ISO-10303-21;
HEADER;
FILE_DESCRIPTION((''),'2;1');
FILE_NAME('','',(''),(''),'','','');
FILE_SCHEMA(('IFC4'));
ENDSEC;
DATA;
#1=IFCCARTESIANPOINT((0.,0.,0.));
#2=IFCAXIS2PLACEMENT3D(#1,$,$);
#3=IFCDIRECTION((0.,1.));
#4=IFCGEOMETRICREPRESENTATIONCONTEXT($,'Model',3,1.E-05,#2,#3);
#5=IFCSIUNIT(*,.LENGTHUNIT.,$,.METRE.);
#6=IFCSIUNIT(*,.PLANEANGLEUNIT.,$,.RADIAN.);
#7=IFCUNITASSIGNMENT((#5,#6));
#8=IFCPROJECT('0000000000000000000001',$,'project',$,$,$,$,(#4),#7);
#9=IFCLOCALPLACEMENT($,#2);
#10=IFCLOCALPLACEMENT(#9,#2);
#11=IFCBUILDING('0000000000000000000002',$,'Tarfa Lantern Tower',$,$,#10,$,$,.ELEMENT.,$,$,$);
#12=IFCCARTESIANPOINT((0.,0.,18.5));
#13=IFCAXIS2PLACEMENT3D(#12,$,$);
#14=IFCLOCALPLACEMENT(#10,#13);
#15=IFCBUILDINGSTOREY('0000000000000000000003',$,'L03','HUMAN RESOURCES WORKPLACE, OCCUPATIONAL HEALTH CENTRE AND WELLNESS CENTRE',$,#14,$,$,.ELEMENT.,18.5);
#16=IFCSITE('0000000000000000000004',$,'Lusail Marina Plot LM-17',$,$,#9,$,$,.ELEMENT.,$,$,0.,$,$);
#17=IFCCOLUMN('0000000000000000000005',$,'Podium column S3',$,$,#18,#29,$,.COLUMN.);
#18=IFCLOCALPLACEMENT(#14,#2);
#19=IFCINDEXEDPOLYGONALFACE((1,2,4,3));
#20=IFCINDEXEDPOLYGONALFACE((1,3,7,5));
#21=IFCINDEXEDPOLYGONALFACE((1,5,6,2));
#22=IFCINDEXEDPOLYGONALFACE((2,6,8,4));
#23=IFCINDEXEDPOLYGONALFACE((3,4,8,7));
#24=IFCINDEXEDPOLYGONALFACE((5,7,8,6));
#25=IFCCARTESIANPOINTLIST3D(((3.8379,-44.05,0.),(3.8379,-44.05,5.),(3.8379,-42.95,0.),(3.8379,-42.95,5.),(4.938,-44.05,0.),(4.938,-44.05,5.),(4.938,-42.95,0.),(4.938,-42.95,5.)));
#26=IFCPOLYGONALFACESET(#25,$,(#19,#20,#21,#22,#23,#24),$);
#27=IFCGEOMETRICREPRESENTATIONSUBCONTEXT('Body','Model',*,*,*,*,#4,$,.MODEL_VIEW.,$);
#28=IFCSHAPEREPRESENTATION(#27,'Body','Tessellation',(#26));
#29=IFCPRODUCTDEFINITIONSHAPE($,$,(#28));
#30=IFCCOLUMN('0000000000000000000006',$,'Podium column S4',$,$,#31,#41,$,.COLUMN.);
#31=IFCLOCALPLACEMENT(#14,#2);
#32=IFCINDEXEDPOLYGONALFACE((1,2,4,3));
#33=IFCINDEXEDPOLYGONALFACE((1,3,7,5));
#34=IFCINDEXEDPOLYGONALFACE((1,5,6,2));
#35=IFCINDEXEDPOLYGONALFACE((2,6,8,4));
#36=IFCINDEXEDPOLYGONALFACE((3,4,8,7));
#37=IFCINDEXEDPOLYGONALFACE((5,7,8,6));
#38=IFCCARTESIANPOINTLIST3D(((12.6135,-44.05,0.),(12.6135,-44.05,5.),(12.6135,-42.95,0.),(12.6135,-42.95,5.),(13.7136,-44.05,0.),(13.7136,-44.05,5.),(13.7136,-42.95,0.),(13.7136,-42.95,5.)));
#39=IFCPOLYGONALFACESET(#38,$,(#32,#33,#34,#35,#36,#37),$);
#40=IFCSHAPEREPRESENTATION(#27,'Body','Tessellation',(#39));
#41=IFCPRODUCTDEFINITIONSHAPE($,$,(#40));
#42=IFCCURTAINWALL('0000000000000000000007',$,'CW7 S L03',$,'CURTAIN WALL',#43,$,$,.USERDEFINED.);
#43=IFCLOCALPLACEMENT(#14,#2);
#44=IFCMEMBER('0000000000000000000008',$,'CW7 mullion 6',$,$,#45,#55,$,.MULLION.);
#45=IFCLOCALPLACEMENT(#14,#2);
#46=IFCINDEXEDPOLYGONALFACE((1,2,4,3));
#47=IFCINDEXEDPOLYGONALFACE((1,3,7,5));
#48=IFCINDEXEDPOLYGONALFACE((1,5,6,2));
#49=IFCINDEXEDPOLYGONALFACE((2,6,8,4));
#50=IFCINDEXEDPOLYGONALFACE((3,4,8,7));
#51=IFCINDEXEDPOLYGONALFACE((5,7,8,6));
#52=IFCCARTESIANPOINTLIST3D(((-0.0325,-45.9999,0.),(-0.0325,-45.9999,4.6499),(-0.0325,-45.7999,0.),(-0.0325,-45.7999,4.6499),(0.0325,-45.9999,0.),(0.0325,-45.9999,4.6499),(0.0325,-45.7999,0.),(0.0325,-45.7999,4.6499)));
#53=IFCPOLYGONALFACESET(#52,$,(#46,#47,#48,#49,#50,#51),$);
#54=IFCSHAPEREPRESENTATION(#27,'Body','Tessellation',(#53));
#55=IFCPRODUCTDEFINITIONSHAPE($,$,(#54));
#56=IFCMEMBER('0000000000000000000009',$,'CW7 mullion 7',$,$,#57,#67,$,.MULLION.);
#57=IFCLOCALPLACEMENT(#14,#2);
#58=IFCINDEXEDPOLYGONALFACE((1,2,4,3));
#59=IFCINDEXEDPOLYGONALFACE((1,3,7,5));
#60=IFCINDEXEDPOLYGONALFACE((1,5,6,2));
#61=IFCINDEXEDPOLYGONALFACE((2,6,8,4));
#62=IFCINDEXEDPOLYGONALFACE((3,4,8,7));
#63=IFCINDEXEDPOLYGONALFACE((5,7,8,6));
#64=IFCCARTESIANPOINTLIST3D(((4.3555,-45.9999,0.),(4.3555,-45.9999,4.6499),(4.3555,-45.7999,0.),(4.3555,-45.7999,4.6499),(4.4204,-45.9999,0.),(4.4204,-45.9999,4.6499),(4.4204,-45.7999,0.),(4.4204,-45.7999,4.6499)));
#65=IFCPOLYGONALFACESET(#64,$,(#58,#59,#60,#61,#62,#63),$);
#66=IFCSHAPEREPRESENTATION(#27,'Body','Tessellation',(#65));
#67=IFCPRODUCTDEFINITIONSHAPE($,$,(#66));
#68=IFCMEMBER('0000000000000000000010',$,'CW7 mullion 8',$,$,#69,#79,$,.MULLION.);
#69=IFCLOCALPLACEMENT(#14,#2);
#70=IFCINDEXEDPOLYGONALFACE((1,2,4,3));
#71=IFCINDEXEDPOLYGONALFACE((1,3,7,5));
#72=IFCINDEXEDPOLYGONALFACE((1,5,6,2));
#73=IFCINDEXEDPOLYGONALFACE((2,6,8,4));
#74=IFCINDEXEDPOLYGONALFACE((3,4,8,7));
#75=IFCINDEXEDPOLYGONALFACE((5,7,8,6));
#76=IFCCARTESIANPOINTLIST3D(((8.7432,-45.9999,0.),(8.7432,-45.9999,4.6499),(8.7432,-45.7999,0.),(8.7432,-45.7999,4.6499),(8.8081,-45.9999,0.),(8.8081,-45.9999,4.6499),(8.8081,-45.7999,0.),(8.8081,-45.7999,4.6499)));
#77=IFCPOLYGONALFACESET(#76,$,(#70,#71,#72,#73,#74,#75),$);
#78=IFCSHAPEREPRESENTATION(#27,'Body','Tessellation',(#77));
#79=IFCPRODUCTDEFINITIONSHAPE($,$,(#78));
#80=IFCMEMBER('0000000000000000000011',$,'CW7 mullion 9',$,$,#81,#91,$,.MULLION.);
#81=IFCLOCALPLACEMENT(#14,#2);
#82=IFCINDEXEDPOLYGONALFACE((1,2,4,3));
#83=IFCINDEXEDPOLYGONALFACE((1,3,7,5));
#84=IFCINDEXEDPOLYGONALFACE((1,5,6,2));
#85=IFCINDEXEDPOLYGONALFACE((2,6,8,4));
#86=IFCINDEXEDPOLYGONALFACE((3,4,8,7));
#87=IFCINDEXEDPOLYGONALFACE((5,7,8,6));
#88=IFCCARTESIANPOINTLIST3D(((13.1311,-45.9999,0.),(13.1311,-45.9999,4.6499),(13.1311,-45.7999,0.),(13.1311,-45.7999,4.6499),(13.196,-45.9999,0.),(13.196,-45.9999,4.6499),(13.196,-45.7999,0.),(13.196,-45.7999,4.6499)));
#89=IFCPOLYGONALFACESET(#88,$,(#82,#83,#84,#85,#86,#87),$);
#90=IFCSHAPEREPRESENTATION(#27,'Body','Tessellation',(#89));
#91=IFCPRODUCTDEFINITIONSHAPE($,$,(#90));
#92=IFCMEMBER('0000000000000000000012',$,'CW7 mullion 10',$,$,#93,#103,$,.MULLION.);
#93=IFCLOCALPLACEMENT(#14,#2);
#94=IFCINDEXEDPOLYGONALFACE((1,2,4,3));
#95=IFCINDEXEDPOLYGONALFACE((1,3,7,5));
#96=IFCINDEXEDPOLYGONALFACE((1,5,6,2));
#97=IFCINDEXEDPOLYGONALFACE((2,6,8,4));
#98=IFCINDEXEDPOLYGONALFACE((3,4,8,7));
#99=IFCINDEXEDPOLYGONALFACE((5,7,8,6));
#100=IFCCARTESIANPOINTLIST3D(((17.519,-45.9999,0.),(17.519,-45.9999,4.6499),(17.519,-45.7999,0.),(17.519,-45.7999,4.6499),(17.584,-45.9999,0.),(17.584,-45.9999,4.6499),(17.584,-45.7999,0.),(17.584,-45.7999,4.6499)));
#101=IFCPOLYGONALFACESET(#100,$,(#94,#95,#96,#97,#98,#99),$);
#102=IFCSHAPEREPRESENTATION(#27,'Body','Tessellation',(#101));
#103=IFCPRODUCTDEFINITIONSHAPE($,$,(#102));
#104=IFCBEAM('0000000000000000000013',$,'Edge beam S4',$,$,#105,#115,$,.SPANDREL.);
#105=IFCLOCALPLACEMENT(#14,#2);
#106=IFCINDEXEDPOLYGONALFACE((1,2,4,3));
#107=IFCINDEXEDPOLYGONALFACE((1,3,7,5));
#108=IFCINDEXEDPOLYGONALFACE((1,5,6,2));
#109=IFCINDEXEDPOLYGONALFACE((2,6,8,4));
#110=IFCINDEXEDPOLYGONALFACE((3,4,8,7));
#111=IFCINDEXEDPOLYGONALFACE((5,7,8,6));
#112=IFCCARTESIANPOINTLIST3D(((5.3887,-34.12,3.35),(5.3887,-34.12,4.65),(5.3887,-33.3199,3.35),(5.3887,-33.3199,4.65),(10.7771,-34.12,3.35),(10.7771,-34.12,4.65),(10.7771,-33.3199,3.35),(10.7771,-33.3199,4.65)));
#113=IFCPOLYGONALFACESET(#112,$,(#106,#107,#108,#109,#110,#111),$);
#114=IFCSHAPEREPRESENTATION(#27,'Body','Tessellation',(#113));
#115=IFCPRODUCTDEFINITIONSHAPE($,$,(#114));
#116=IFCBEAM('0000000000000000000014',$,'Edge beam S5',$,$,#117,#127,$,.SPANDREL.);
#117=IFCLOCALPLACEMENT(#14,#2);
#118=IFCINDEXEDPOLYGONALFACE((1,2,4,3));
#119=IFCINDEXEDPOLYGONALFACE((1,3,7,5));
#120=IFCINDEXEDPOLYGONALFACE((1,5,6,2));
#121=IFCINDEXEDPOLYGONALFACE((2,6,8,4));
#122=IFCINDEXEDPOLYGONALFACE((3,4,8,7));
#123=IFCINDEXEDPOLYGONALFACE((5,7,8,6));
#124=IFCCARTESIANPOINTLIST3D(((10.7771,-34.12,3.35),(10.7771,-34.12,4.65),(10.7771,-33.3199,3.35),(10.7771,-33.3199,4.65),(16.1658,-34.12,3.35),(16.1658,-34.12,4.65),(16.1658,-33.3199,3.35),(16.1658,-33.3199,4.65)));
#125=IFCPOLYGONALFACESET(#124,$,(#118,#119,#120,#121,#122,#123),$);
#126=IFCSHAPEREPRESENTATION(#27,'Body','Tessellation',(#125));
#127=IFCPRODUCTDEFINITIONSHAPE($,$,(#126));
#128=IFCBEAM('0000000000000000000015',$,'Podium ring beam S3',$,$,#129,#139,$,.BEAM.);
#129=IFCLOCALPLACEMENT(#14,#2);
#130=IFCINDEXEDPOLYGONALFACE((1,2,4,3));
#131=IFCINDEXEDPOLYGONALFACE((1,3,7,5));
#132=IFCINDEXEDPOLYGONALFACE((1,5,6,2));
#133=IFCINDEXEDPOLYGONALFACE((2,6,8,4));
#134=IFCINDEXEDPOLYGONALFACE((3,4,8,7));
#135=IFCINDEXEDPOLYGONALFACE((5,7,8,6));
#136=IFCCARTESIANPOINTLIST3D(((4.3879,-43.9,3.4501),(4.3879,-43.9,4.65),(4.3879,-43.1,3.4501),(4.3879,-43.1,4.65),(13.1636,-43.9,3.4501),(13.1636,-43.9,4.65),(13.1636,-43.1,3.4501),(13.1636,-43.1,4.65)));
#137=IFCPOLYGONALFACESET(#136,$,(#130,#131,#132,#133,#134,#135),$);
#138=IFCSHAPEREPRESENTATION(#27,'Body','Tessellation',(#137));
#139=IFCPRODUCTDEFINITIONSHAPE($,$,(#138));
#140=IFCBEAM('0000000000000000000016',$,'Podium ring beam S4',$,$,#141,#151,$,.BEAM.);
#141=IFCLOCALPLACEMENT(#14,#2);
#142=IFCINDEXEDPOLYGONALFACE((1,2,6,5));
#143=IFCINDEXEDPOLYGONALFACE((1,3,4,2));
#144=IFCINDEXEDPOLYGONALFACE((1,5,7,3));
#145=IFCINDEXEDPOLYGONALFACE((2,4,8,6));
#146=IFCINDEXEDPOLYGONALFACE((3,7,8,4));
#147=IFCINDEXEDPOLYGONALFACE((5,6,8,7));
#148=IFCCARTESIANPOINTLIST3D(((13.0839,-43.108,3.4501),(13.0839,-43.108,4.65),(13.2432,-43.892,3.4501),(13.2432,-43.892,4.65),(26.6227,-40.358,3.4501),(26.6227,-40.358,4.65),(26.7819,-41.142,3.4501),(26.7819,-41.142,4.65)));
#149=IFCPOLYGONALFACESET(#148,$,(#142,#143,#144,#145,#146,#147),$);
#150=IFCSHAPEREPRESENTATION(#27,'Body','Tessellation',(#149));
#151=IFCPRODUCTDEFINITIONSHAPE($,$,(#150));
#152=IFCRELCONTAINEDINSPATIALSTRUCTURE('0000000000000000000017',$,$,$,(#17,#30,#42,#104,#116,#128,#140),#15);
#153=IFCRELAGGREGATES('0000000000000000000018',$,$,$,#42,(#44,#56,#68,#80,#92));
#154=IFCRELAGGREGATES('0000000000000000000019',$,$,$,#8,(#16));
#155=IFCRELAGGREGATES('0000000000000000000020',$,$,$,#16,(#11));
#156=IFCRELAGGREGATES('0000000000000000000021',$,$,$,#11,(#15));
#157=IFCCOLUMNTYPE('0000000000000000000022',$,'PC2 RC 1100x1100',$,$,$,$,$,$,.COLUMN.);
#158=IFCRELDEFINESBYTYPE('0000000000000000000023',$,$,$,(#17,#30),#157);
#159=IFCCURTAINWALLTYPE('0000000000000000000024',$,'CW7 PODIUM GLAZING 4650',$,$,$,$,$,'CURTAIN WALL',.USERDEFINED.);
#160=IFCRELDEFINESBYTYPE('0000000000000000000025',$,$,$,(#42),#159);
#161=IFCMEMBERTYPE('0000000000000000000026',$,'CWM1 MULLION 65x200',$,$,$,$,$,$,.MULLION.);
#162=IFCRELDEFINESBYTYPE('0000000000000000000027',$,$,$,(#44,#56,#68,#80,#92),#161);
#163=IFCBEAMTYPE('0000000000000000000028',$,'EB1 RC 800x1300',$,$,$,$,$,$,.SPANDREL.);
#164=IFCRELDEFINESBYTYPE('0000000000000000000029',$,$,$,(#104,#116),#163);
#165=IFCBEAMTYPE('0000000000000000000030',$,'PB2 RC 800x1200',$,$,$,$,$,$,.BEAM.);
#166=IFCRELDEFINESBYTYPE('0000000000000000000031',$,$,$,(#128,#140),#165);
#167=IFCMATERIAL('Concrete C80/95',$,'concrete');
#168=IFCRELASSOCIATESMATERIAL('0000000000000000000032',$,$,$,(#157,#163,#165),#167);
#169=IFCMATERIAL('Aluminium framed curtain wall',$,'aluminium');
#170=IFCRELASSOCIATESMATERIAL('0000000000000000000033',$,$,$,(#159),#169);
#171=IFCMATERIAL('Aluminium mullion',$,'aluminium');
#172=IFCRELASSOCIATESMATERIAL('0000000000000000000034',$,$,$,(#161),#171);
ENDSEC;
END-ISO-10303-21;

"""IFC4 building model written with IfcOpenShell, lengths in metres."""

from ifc_helpers import new_model, si_unit, direction, frame, origin, origin_2d, place, context, subcontext, project, spatial, rectangle, extrude, material, material_profile, profile_set, type_object, element, aggregate, save


model = new_model("IFC4")

# Units and contexts
model_context = context("Model", 3, precision=1e-05, world=origin(), true_north=direction((0.0, 1.0)))
body_context = subcontext(model_context, "Body", "Model", "MODEL_VIEW")
ifc_project = project(units=[si_unit("LENGTHUNIT", "METRE"), si_unit("PLANEANGLEUNIT", "RADIAN")], contexts=[model_context])

# Site, building, storey
site_placement = place(None, origin())
site = spatial("IfcSite", under=ifc_project, at=site_placement, Name="Lusail Marina Plot LM-17", CompositionType="ELEMENT", RefElevation=0.0)
building_placement = place(site_placement, origin())
building = spatial("IfcBuilding", under=site, at=building_placement, Name="Tarfa Lantern Tower", CompositionType="ELEMENT")
storey_placement = place(building_placement, frame((0.0, 0.0, 18.5)))
storey = spatial("IfcBuildingStorey", under=building, at=storey_placement, Name="L03", Description="HUMAN RESOURCES WORKPLACE, OCCUPATIONAL HEALTH CENTRE AND WELLNESS CENTRE", CompositionType="ELEMENT", Elevation=18.5)

# Columns
ifc_material_1 = material(Name="Concrete C80/95", Category="concrete")
ifc_material_profile_1 = material_profile(ifc_material_1, rectangle(XDim=1.1001, YDim=1.1001, at=origin_2d()), Name="RC 1100x1100")
ifc_profile_set_1 = profile_set([ifc_material_profile_1], Name="Concrete C80/95")
column_type = type_object("IfcColumnType", Name="PC2 RC 1100x1100", PredefinedType="COLUMN", material=ifc_profile_set_1)
for number, where, z_axis, x_axis, name in (
    (1, (4.3879, -43.5, 0.0), (0.0, 0.0, 1.0), (1.0, 0.0, 0.0), "Podium column S3"),
    (2, (13.1636, -43.5, 0.0), (0.0, 0.0, 1.0), (1.0, 0.0, 0.0), "Podium column S4"),
):
    element("IfcColumn", number, at=place(storey_placement, frame(where, z_axis=z_axis, x_axis=x_axis)), inside=storey, type_object=column_type, Name=name, PredefinedType="COLUMN", context=body_context, shape_type="SweptSolid", body=[
        extrude(rectangle(XDim=1.1001, YDim=1.1001, at=origin_2d()), origin(), (0.0, 0.0, 1.0), 5.0),
    ])

# Curtain wall, members
ifc_material_2 = material(Name="Aluminium framed curtain wall", Category="aluminium")
curtain_wall_type = type_object("IfcCurtainWallType", Name="CW7 PODIUM GLAZING 4650", ElementType="CURTAIN WALL", PredefinedType="USERDEFINED", material=ifc_material_2)
curtain_wall_placement = place(storey_placement, origin())
curtain_wall = element("IfcCurtainWall", 3, at=curtain_wall_placement, inside=storey, type_object=curtain_wall_type, Name="CW7 S L03", ObjectType="CURTAIN WALL", PredefinedType="USERDEFINED")
ifc_material_3 = material(Name="Aluminium mullion", Category="aluminium")
ifc_material_profile_2 = material_profile(ifc_material_3, rectangle(XDim=0.0649, YDim=0.2, at=origin_2d()), Name="AL MULLION 65x200")
ifc_profile_set_2 = profile_set([ifc_material_profile_2], Name="Aluminium mullion")
member_type = type_object("IfcMemberType", Name="CWM1 MULLION 65x200", PredefinedType="MULLION", material=ifc_profile_set_2)
member_1_placement = place(storey_placement, frame((0.0, -45.8999, 0.0), z_axis=(0.0, 0.0, 1.0), x_axis=(1.0, 0.0, 0.0)))
member_1 = element("IfcMember", 4, at=member_1_placement, type_object=member_type, Name="CW7 mullion 6", PredefinedType="MULLION", context=body_context, shape_type="SweptSolid", body=[
    extrude(rectangle(XDim=0.0649, YDim=0.2, at=origin_2d()), origin(), (0.0, 0.0, 1.0), 4.6499),
])
member_2_placement = place(storey_placement, frame((4.3879, -45.8999, 0.0), z_axis=(0.0, 0.0, 1.0), x_axis=(1.0, 0.0, 0.0)))
member_2 = element("IfcMember", 5, at=member_2_placement, type_object=member_type, Name="CW7 mullion 7", PredefinedType="MULLION", context=body_context, shape_type="SweptSolid", body=[
    extrude(rectangle(XDim=0.0649, YDim=0.2, at=origin_2d()), origin(), (0.0, 0.0, 1.0), 4.6499),
])
member_3_placement = place(storey_placement, frame((8.7756, -45.8999, 0.0), z_axis=(0.0, 0.0, 1.0), x_axis=(1.0, 0.0, 0.0)))
member_3 = element("IfcMember", 6, at=member_3_placement, type_object=member_type, Name="CW7 mullion 8", PredefinedType="MULLION", context=body_context, shape_type="SweptSolid", body=[
    extrude(rectangle(XDim=0.0649, YDim=0.2, at=origin_2d()), origin(), (0.0, 0.0, 1.0), 4.6499),
])
member_4_placement = place(storey_placement, frame((13.1636, -45.8999, 0.0), z_axis=(0.0, 0.0, 1.0), x_axis=(1.0, 0.0, 0.0)))
member_4 = element("IfcMember", 7, at=member_4_placement, type_object=member_type, Name="CW7 mullion 9", PredefinedType="MULLION", context=body_context, shape_type="SweptSolid", body=[
    extrude(rectangle(XDim=0.0649, YDim=0.2, at=origin_2d()), origin(), (0.0, 0.0, 1.0), 4.6499),
])
member_5_placement = place(storey_placement, frame((17.5515, -45.8999, 0.0), z_axis=(0.0, 0.0, 1.0), x_axis=(1.0, 0.0, 0.0)))
member_5 = element("IfcMember", 8, at=member_5_placement, type_object=member_type, Name="CW7 mullion 10", PredefinedType="MULLION", context=body_context, shape_type="SweptSolid", body=[
    extrude(rectangle(XDim=0.0649, YDim=0.2, at=origin_2d()), origin(), (0.0, 0.0, 1.0), 4.6499),
])

# Beams
ifc_material_profile_3 = material_profile(ifc_material_1, rectangle(XDim=0.8, YDim=1.3, at=origin_2d()), Name="RC 800x1300")
ifc_profile_set_3 = profile_set([ifc_material_profile_3], Name="Concrete C80/95")
beam_type_1 = type_object("IfcBeamType", Name="EB1 RC 800x1300", PredefinedType="SPANDREL", material=ifc_profile_set_3)
beam_1_placement = place(storey_placement, frame((5.3887, -33.72, 4.0), z_axis=(1.0, 0.0, 0.0), x_axis=(0.0, 1.0, 0.0)))
element("IfcBeam", 9, at=beam_1_placement, inside=storey, type_object=beam_type_1, Name="Edge beam S4", PredefinedType="SPANDREL", context=body_context, shape_type="SweptSolid", body=[
    extrude(rectangle(XDim=0.8, YDim=1.3, at=origin_2d()), origin(), (0.0, 0.0, 1.0), 5.3884),
])
beam_2_placement = place(storey_placement, frame((10.7771, -33.72, 4.0), z_axis=(1.0, 0.0, 0.0), x_axis=(0.0, 1.0, 0.0)))
element("IfcBeam", 10, at=beam_2_placement, inside=storey, type_object=beam_type_1, Name="Edge beam S5", PredefinedType="SPANDREL", context=body_context, shape_type="SweptSolid", body=[
    extrude(rectangle(XDim=0.8, YDim=1.3, at=origin_2d()), origin(), (0.0, 0.0, 1.0), 5.3887),
])
ifc_material_profile_4 = material_profile(ifc_material_1, rectangle(XDim=0.8, YDim=1.2, at=origin_2d()), Name="RC 800x1200")
ifc_profile_set_4 = profile_set([ifc_material_profile_4], Name="Concrete C80/95")
beam_type_2 = type_object("IfcBeamType", Name="PB2 RC 800x1200", PredefinedType="BEAM", material=ifc_profile_set_4)
beam_3_placement = place(storey_placement, frame((4.3879, -43.5, 4.05), z_axis=(1.0, 0.0, 0.0), x_axis=(0.0, 1.0, 0.0)))
element("IfcBeam", 11, at=beam_3_placement, inside=storey, type_object=beam_type_2, Name="Podium ring beam S3", PredefinedType="BEAM", context=body_context, shape_type="SweptSolid", body=[
    extrude(rectangle(XDim=0.8, YDim=1.2, at=origin_2d()), origin(), (0.0, 0.0, 1.0), 8.7756),
])
beam_4_placement = place(storey_placement, frame((13.1636, -43.5, 4.05), z_axis=(0.979988, 0.199055, 0.0), x_axis=(-0.199055, 0.979988, 0.0)))
element("IfcBeam", 12, at=beam_4_placement, inside=storey, type_object=beam_type_2, Name="Podium ring beam S4", PredefinedType="BEAM", context=body_context, shape_type="SweptSolid", body=[
    extrude(rectangle(XDim=0.8, YDim=1.2, at=origin_2d()), origin(), (0.0, 0.0, 1.0), 13.8152),
])

aggregate(curtain_wall, [member_1, member_2, member_3, member_4, member_5])

save(model, "model.ifc")
